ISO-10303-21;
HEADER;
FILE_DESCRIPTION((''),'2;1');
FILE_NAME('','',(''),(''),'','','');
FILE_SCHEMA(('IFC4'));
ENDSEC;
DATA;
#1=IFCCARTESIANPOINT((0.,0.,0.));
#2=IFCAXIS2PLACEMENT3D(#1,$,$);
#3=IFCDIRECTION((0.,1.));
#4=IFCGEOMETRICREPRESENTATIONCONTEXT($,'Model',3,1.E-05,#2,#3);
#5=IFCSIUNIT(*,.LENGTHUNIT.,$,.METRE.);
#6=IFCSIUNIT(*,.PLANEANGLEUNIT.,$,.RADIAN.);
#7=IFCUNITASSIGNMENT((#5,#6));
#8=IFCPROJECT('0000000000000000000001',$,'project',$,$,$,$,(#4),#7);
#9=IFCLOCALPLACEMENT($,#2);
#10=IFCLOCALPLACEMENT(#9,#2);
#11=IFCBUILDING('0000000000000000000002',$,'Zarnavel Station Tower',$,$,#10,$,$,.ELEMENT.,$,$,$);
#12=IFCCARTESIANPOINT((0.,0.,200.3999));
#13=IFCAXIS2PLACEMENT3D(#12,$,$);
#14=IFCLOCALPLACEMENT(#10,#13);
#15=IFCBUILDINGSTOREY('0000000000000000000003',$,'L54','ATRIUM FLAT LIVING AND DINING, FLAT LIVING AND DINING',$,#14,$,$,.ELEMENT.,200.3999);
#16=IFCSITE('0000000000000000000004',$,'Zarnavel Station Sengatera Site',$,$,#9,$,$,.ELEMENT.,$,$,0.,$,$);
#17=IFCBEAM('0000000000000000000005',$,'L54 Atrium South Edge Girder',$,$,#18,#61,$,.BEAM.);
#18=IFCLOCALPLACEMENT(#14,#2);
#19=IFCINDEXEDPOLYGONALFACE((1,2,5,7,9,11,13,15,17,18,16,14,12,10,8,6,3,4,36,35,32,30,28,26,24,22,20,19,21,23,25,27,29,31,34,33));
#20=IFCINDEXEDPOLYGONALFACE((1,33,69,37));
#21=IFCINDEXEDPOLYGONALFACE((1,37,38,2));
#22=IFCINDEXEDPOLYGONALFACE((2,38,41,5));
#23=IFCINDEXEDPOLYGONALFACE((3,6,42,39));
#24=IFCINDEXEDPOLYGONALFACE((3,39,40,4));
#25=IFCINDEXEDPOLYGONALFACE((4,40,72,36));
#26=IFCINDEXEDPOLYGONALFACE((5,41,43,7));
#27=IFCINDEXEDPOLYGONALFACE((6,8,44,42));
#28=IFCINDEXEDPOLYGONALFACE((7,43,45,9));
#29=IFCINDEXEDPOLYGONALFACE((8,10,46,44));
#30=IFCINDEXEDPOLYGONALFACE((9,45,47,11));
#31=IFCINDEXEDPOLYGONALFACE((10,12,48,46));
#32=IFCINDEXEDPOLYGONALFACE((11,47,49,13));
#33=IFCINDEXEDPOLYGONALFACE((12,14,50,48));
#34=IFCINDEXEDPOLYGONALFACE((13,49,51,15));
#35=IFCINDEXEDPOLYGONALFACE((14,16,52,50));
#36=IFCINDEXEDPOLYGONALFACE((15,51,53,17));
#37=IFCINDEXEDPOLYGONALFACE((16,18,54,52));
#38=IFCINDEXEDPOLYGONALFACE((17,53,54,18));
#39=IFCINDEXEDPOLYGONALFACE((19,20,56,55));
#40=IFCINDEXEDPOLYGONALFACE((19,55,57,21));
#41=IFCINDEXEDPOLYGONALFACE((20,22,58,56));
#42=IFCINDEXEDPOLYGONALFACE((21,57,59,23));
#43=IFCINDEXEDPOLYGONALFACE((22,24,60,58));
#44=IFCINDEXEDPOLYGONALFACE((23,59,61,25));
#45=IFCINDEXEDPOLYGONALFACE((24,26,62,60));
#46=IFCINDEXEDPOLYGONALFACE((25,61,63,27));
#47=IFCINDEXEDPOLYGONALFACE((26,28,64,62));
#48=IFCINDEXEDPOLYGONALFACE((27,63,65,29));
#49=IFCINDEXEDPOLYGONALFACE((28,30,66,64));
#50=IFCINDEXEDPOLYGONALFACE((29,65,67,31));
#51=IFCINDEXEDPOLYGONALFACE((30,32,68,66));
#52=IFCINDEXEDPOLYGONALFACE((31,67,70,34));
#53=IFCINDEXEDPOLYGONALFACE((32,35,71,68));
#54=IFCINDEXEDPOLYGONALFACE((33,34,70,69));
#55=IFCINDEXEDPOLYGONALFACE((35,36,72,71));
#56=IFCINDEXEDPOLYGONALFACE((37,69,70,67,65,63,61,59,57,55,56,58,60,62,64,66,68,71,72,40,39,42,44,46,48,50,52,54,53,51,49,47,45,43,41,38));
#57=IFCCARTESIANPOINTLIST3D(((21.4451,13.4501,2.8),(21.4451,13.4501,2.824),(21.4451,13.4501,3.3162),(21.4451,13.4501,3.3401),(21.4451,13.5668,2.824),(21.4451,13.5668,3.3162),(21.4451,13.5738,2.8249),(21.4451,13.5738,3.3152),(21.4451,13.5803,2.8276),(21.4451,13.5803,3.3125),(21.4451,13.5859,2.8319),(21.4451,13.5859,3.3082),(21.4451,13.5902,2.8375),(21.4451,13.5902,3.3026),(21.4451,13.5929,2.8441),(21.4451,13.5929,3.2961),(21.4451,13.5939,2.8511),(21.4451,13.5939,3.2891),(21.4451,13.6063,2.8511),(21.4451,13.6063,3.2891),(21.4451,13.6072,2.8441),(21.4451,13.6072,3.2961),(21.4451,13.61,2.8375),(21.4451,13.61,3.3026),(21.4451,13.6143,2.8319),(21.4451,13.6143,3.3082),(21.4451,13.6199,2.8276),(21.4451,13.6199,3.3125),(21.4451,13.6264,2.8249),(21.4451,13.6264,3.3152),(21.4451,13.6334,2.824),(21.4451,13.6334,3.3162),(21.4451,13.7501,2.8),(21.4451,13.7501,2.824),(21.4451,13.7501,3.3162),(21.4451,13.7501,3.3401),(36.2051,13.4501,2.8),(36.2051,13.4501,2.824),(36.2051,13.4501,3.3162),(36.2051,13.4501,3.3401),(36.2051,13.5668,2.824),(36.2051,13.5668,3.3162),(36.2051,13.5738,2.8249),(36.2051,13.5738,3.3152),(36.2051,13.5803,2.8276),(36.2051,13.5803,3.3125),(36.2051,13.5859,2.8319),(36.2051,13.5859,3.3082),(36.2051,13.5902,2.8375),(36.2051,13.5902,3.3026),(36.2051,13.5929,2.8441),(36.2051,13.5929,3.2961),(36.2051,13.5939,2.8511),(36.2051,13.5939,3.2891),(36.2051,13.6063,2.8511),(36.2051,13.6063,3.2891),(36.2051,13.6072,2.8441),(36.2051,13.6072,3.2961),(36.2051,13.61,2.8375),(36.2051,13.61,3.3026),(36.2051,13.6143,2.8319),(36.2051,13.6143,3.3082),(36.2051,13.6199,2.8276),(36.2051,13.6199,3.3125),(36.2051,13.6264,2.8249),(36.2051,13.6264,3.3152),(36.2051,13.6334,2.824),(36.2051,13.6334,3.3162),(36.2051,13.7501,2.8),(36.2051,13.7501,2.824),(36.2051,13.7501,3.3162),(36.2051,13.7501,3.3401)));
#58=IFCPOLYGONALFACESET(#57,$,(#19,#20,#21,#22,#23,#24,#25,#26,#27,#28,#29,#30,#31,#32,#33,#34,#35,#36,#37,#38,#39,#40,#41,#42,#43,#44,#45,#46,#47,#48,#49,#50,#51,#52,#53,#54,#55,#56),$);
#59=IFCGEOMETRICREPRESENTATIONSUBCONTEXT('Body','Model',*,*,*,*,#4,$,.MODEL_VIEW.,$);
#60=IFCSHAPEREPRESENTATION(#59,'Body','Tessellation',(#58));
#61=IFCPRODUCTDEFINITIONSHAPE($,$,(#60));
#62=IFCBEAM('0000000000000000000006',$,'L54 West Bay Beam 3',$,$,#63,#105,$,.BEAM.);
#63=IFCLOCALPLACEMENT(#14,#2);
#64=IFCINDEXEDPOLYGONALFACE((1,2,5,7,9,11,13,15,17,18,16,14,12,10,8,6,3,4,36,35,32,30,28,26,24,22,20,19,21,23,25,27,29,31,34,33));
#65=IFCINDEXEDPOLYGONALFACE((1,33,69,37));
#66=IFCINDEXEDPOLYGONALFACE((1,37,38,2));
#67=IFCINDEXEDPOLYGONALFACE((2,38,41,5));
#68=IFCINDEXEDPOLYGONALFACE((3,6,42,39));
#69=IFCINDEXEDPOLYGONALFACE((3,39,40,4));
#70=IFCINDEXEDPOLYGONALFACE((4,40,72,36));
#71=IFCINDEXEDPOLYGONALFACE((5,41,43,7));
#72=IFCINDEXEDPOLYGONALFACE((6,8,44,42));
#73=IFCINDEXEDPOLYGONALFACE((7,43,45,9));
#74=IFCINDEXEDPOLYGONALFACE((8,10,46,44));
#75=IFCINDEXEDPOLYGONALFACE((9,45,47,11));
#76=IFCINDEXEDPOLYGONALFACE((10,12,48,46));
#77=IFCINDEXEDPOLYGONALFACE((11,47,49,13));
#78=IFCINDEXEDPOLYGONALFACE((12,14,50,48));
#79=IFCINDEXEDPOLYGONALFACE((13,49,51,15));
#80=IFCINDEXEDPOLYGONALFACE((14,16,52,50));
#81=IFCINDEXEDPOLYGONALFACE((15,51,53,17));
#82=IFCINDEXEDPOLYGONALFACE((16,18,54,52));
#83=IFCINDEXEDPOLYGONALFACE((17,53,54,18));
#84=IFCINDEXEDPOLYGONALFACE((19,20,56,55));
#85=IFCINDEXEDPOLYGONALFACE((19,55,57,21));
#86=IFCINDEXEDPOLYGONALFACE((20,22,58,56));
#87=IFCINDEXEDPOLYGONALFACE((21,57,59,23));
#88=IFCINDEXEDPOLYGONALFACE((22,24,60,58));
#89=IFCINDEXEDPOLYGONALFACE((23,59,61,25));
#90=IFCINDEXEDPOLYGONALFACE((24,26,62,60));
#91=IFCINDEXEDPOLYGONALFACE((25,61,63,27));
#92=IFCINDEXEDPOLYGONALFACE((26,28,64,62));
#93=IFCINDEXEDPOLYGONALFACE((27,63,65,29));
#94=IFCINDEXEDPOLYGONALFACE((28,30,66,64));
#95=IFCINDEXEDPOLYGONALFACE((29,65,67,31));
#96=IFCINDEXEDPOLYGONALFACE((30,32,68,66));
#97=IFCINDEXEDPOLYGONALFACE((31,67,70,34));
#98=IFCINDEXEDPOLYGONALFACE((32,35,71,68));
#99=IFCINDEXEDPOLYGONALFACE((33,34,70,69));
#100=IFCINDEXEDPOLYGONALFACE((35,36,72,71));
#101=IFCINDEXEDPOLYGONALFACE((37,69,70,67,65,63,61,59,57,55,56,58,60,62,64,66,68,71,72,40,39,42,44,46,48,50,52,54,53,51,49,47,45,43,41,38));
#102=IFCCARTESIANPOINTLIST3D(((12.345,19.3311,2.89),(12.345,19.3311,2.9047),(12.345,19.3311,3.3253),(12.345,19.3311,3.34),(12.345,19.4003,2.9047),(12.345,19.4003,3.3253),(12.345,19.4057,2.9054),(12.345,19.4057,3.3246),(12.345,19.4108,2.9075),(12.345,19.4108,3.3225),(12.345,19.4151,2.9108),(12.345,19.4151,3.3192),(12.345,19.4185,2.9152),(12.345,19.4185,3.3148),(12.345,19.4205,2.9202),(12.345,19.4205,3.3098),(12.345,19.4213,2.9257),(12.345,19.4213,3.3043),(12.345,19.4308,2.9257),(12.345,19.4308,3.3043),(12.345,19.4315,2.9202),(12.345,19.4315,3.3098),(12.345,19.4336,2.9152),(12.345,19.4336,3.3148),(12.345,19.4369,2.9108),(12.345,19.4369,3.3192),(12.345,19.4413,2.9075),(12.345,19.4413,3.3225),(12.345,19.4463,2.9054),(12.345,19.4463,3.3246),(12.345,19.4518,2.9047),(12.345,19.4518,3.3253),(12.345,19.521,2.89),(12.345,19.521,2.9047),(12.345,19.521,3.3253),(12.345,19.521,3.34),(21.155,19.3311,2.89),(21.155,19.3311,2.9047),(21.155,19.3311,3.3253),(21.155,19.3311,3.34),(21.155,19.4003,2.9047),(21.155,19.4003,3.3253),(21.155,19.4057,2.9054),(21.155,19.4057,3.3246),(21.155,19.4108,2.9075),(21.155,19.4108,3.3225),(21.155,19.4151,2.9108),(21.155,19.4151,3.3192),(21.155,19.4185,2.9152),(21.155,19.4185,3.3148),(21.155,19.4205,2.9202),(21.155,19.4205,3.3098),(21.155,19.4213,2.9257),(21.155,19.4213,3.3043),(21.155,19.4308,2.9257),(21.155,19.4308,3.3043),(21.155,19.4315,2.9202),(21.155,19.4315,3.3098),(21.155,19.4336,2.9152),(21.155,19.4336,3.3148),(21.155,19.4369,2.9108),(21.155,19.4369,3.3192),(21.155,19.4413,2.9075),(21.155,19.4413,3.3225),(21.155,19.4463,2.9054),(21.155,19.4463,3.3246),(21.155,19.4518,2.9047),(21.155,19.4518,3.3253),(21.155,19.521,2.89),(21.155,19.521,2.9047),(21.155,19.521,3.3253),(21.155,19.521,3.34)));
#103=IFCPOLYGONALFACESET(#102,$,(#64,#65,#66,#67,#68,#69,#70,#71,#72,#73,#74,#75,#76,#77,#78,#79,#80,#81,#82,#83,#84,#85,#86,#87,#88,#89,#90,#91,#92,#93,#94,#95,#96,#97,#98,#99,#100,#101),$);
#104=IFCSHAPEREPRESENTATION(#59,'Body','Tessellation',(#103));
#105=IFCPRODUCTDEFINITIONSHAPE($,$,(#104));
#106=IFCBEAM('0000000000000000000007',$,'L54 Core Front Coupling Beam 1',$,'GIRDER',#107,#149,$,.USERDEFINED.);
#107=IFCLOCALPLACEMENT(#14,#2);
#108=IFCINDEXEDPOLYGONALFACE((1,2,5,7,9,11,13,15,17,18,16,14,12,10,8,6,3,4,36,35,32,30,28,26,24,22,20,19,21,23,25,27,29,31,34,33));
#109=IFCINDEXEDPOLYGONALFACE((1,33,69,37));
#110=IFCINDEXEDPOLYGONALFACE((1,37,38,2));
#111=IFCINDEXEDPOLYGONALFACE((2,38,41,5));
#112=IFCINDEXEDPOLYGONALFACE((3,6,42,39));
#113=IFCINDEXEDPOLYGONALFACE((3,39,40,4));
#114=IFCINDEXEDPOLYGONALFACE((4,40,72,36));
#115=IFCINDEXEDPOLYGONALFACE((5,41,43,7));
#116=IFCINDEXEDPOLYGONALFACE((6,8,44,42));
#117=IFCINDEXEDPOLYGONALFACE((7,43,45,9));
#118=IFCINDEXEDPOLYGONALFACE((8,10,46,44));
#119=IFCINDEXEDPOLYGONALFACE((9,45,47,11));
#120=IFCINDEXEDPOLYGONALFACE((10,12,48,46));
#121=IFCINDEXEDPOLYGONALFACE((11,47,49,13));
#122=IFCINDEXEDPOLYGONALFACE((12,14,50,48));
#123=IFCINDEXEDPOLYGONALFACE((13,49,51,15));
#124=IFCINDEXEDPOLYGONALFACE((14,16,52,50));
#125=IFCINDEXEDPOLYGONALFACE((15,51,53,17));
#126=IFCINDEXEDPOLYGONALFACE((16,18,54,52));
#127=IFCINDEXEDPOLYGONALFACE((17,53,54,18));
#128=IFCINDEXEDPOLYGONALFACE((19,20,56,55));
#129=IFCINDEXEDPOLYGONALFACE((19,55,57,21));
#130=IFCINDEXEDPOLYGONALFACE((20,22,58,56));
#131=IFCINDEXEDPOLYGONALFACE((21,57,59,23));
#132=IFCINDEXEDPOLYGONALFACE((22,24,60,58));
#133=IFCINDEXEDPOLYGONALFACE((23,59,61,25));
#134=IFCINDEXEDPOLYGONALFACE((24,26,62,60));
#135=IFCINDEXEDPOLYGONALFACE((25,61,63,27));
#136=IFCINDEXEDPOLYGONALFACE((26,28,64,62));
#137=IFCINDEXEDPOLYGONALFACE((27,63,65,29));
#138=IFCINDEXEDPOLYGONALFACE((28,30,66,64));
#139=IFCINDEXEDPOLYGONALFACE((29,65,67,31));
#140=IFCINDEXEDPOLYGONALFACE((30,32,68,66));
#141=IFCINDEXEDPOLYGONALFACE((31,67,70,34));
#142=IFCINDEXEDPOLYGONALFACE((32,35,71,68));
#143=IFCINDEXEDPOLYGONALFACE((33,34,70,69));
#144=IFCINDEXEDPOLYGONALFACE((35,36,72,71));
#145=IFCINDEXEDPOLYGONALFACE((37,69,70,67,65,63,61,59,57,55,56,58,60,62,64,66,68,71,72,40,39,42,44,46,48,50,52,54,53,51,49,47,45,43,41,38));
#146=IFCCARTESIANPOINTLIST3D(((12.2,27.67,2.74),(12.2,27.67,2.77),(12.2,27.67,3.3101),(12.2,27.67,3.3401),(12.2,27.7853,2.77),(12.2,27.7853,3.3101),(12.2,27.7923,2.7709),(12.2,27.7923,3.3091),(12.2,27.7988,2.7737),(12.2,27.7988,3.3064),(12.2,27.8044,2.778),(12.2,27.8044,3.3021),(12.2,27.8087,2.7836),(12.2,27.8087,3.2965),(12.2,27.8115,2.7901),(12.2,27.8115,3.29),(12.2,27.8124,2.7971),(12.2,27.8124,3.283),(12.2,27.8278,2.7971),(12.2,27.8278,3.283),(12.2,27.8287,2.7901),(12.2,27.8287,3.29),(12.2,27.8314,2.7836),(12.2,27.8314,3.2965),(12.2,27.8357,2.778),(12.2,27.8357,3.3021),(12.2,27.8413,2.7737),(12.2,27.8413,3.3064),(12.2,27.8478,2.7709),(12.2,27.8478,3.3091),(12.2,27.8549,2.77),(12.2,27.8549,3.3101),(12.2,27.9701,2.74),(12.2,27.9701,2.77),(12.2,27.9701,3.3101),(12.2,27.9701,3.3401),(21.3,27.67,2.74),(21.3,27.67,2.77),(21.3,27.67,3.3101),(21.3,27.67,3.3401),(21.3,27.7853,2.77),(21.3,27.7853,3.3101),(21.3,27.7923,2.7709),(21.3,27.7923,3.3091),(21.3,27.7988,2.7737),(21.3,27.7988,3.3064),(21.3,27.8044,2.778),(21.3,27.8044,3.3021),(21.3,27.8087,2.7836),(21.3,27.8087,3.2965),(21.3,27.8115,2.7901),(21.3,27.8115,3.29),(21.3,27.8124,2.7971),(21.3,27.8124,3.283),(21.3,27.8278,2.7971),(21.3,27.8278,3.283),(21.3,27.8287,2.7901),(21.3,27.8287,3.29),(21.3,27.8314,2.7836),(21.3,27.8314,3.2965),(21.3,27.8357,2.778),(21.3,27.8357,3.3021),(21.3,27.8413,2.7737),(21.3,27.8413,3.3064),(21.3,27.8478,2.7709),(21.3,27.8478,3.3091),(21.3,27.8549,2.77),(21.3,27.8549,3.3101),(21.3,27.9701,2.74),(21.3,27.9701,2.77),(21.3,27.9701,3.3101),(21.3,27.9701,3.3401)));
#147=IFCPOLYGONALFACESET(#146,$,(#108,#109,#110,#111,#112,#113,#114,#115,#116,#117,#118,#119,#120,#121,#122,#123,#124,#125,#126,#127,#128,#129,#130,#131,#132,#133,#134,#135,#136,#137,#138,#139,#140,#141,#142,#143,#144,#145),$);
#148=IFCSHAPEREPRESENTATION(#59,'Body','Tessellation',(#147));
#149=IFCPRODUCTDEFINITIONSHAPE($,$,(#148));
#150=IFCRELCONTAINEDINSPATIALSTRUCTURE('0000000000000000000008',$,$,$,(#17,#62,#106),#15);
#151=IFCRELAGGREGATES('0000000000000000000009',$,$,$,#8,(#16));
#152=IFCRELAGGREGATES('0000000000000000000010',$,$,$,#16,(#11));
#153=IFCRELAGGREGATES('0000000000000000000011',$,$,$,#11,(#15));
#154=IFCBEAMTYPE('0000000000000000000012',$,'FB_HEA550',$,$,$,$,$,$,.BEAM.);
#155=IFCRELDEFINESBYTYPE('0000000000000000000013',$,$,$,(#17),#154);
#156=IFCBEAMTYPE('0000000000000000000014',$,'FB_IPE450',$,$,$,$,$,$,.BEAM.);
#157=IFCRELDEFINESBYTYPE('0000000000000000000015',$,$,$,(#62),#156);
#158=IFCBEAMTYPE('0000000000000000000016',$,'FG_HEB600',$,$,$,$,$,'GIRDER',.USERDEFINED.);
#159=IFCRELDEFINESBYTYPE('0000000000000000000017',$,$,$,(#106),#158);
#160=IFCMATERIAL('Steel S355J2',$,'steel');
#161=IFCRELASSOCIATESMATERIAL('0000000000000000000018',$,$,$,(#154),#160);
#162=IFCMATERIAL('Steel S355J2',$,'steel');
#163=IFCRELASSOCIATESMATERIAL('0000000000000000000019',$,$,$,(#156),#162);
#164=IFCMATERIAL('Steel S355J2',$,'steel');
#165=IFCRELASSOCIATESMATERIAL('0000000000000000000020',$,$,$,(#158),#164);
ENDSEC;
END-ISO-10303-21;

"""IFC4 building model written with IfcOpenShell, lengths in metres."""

from ifc_helpers import new_model, si_unit, direction, frame, origin, origin_2d, place, context, subcontext, project, spatial, i_section, extrude, material, material_profile, profile_set, type_object, element, save


model = new_model("IFC4")

# Units and contexts
model_context = context("Model", 3, precision=1e-05, world=origin(), true_north=direction((0.0, 1.0)))
body_context = subcontext(model_context, "Body", "Model", "MODEL_VIEW")
ifc_project = project(units=[si_unit("LENGTHUNIT", "METRE"), si_unit("PLANEANGLEUNIT", "RADIAN")], contexts=[model_context])

# Site, building, storey
site_placement = place(None, origin())
site = spatial("IfcSite", under=ifc_project, at=site_placement, Name="Zarnavel Station Sengatera Site", CompositionType="ELEMENT", RefElevation=0.0)
building_placement = place(site_placement, origin())
building = spatial("IfcBuilding", under=site, at=building_placement, Name="Zarnavel Station Tower", CompositionType="ELEMENT")
storey_placement = place(building_placement, frame((0.0, 0.0, 200.3999)))
storey = spatial("IfcBuildingStorey", under=building, at=storey_placement, Name="L54", Description="ATRIUM FLAT LIVING AND DINING, FLAT LIVING AND DINING", CompositionType="ELEMENT", Elevation=200.3999)

# Beams
ifc_material_1 = material(Name="Steel S355J2", Category="steel")
ifc_material_profile_1 = material_profile(ifc_material_1, i_section(OverallWidth=0.3, OverallDepth=0.54, WebThickness=0.0125, FlangeThickness=0.0239, FilletRadius=0.0271, at=origin_2d()), Name="HEA550")
ifc_profile_set_1 = profile_set([ifc_material_profile_1], Name="Steel S355J2")
beam_type_1 = type_object("IfcBeamType", Name="FB_HEA550", PredefinedType="BEAM", material=ifc_profile_set_1)
beam_1_placement = place(storey_placement, frame((21.4451, 13.6001, 3.0701), z_axis=(1.0, 0.0, 0.0), x_axis=(0.0, 1.0, 0.0)))
element("IfcBeam", 1, at=beam_1_placement, inside=storey, type_object=beam_type_1, Name="L54 Atrium South Edge Girder", PredefinedType="BEAM", context=body_context, shape_type="SweptSolid", body=[
    extrude(i_section(OverallWidth=0.3, OverallDepth=0.54, WebThickness=0.0125, FlangeThickness=0.0239, FilletRadius=0.0271, at=origin_2d()), origin(), (0.0, 0.0, 1.0), 14.76),
])
ifc_material_2 = material(Name="Steel S355J2", Category="steel")
ifc_material_profile_2 = material_profile(ifc_material_2, i_section(OverallWidth=0.1899, OverallDepth=0.45, WebThickness=0.0095, FlangeThickness=0.0146, FilletRadius=0.021, at=origin_2d()), Name="IPE450")
ifc_profile_set_2 = profile_set([ifc_material_profile_2], Name="Steel S355J2")
beam_type_2 = type_object("IfcBeamType", Name="FB_IPE450", PredefinedType="BEAM", material=ifc_profile_set_2)
beam_2_placement = place(storey_placement, frame((12.345, 19.426, 3.115), z_axis=(1.0, 0.0, 0.0), x_axis=(0.0, 1.0, 0.0)))
element("IfcBeam", 2, at=beam_2_placement, inside=storey, type_object=beam_type_2, Name="L54 West Bay Beam 3", PredefinedType="BEAM", context=body_context, shape_type="SweptSolid", body=[
    extrude(i_section(OverallWidth=0.1899, OverallDepth=0.45, WebThickness=0.0095, FlangeThickness=0.0146, FilletRadius=0.021, at=origin_2d()), origin(), (0.0, 0.0, 1.0), 8.8101),
])
ifc_material_3 = material(Name="Steel S355J2", Category="steel")
ifc_material_profile_3 = material_profile(ifc_material_3, i_section(OverallWidth=0.3, OverallDepth=0.6001, WebThickness=0.0154, FlangeThickness=0.03, FilletRadius=0.0271, at=origin_2d()), Name="HEB600")
ifc_profile_set_3 = profile_set([ifc_material_profile_3], Name="Steel S355J2")
beam_type_3 = type_object("IfcBeamType", Name="FG_HEB600", ElementType="GIRDER", PredefinedType="USERDEFINED", material=ifc_profile_set_3)
beam_3_placement = place(storey_placement, frame((12.2, 27.8201, 3.04), z_axis=(1.0, 0.0, 0.0), x_axis=(0.0, 1.0, 0.0)))
element("IfcBeam", 3, at=beam_3_placement, inside=storey, type_object=beam_type_3, Name="L54 Core Front Coupling Beam 1", ObjectType="GIRDER", PredefinedType="USERDEFINED", context=body_context, shape_type="SweptSolid", body=[
    extrude(i_section(OverallWidth=0.3, OverallDepth=0.6001, WebThickness=0.0154, FlangeThickness=0.03, FilletRadius=0.0271, at=origin_2d()), origin(), (0.0, 0.0, 1.0), 9.1001),
])

save(model, "model.ifc")
